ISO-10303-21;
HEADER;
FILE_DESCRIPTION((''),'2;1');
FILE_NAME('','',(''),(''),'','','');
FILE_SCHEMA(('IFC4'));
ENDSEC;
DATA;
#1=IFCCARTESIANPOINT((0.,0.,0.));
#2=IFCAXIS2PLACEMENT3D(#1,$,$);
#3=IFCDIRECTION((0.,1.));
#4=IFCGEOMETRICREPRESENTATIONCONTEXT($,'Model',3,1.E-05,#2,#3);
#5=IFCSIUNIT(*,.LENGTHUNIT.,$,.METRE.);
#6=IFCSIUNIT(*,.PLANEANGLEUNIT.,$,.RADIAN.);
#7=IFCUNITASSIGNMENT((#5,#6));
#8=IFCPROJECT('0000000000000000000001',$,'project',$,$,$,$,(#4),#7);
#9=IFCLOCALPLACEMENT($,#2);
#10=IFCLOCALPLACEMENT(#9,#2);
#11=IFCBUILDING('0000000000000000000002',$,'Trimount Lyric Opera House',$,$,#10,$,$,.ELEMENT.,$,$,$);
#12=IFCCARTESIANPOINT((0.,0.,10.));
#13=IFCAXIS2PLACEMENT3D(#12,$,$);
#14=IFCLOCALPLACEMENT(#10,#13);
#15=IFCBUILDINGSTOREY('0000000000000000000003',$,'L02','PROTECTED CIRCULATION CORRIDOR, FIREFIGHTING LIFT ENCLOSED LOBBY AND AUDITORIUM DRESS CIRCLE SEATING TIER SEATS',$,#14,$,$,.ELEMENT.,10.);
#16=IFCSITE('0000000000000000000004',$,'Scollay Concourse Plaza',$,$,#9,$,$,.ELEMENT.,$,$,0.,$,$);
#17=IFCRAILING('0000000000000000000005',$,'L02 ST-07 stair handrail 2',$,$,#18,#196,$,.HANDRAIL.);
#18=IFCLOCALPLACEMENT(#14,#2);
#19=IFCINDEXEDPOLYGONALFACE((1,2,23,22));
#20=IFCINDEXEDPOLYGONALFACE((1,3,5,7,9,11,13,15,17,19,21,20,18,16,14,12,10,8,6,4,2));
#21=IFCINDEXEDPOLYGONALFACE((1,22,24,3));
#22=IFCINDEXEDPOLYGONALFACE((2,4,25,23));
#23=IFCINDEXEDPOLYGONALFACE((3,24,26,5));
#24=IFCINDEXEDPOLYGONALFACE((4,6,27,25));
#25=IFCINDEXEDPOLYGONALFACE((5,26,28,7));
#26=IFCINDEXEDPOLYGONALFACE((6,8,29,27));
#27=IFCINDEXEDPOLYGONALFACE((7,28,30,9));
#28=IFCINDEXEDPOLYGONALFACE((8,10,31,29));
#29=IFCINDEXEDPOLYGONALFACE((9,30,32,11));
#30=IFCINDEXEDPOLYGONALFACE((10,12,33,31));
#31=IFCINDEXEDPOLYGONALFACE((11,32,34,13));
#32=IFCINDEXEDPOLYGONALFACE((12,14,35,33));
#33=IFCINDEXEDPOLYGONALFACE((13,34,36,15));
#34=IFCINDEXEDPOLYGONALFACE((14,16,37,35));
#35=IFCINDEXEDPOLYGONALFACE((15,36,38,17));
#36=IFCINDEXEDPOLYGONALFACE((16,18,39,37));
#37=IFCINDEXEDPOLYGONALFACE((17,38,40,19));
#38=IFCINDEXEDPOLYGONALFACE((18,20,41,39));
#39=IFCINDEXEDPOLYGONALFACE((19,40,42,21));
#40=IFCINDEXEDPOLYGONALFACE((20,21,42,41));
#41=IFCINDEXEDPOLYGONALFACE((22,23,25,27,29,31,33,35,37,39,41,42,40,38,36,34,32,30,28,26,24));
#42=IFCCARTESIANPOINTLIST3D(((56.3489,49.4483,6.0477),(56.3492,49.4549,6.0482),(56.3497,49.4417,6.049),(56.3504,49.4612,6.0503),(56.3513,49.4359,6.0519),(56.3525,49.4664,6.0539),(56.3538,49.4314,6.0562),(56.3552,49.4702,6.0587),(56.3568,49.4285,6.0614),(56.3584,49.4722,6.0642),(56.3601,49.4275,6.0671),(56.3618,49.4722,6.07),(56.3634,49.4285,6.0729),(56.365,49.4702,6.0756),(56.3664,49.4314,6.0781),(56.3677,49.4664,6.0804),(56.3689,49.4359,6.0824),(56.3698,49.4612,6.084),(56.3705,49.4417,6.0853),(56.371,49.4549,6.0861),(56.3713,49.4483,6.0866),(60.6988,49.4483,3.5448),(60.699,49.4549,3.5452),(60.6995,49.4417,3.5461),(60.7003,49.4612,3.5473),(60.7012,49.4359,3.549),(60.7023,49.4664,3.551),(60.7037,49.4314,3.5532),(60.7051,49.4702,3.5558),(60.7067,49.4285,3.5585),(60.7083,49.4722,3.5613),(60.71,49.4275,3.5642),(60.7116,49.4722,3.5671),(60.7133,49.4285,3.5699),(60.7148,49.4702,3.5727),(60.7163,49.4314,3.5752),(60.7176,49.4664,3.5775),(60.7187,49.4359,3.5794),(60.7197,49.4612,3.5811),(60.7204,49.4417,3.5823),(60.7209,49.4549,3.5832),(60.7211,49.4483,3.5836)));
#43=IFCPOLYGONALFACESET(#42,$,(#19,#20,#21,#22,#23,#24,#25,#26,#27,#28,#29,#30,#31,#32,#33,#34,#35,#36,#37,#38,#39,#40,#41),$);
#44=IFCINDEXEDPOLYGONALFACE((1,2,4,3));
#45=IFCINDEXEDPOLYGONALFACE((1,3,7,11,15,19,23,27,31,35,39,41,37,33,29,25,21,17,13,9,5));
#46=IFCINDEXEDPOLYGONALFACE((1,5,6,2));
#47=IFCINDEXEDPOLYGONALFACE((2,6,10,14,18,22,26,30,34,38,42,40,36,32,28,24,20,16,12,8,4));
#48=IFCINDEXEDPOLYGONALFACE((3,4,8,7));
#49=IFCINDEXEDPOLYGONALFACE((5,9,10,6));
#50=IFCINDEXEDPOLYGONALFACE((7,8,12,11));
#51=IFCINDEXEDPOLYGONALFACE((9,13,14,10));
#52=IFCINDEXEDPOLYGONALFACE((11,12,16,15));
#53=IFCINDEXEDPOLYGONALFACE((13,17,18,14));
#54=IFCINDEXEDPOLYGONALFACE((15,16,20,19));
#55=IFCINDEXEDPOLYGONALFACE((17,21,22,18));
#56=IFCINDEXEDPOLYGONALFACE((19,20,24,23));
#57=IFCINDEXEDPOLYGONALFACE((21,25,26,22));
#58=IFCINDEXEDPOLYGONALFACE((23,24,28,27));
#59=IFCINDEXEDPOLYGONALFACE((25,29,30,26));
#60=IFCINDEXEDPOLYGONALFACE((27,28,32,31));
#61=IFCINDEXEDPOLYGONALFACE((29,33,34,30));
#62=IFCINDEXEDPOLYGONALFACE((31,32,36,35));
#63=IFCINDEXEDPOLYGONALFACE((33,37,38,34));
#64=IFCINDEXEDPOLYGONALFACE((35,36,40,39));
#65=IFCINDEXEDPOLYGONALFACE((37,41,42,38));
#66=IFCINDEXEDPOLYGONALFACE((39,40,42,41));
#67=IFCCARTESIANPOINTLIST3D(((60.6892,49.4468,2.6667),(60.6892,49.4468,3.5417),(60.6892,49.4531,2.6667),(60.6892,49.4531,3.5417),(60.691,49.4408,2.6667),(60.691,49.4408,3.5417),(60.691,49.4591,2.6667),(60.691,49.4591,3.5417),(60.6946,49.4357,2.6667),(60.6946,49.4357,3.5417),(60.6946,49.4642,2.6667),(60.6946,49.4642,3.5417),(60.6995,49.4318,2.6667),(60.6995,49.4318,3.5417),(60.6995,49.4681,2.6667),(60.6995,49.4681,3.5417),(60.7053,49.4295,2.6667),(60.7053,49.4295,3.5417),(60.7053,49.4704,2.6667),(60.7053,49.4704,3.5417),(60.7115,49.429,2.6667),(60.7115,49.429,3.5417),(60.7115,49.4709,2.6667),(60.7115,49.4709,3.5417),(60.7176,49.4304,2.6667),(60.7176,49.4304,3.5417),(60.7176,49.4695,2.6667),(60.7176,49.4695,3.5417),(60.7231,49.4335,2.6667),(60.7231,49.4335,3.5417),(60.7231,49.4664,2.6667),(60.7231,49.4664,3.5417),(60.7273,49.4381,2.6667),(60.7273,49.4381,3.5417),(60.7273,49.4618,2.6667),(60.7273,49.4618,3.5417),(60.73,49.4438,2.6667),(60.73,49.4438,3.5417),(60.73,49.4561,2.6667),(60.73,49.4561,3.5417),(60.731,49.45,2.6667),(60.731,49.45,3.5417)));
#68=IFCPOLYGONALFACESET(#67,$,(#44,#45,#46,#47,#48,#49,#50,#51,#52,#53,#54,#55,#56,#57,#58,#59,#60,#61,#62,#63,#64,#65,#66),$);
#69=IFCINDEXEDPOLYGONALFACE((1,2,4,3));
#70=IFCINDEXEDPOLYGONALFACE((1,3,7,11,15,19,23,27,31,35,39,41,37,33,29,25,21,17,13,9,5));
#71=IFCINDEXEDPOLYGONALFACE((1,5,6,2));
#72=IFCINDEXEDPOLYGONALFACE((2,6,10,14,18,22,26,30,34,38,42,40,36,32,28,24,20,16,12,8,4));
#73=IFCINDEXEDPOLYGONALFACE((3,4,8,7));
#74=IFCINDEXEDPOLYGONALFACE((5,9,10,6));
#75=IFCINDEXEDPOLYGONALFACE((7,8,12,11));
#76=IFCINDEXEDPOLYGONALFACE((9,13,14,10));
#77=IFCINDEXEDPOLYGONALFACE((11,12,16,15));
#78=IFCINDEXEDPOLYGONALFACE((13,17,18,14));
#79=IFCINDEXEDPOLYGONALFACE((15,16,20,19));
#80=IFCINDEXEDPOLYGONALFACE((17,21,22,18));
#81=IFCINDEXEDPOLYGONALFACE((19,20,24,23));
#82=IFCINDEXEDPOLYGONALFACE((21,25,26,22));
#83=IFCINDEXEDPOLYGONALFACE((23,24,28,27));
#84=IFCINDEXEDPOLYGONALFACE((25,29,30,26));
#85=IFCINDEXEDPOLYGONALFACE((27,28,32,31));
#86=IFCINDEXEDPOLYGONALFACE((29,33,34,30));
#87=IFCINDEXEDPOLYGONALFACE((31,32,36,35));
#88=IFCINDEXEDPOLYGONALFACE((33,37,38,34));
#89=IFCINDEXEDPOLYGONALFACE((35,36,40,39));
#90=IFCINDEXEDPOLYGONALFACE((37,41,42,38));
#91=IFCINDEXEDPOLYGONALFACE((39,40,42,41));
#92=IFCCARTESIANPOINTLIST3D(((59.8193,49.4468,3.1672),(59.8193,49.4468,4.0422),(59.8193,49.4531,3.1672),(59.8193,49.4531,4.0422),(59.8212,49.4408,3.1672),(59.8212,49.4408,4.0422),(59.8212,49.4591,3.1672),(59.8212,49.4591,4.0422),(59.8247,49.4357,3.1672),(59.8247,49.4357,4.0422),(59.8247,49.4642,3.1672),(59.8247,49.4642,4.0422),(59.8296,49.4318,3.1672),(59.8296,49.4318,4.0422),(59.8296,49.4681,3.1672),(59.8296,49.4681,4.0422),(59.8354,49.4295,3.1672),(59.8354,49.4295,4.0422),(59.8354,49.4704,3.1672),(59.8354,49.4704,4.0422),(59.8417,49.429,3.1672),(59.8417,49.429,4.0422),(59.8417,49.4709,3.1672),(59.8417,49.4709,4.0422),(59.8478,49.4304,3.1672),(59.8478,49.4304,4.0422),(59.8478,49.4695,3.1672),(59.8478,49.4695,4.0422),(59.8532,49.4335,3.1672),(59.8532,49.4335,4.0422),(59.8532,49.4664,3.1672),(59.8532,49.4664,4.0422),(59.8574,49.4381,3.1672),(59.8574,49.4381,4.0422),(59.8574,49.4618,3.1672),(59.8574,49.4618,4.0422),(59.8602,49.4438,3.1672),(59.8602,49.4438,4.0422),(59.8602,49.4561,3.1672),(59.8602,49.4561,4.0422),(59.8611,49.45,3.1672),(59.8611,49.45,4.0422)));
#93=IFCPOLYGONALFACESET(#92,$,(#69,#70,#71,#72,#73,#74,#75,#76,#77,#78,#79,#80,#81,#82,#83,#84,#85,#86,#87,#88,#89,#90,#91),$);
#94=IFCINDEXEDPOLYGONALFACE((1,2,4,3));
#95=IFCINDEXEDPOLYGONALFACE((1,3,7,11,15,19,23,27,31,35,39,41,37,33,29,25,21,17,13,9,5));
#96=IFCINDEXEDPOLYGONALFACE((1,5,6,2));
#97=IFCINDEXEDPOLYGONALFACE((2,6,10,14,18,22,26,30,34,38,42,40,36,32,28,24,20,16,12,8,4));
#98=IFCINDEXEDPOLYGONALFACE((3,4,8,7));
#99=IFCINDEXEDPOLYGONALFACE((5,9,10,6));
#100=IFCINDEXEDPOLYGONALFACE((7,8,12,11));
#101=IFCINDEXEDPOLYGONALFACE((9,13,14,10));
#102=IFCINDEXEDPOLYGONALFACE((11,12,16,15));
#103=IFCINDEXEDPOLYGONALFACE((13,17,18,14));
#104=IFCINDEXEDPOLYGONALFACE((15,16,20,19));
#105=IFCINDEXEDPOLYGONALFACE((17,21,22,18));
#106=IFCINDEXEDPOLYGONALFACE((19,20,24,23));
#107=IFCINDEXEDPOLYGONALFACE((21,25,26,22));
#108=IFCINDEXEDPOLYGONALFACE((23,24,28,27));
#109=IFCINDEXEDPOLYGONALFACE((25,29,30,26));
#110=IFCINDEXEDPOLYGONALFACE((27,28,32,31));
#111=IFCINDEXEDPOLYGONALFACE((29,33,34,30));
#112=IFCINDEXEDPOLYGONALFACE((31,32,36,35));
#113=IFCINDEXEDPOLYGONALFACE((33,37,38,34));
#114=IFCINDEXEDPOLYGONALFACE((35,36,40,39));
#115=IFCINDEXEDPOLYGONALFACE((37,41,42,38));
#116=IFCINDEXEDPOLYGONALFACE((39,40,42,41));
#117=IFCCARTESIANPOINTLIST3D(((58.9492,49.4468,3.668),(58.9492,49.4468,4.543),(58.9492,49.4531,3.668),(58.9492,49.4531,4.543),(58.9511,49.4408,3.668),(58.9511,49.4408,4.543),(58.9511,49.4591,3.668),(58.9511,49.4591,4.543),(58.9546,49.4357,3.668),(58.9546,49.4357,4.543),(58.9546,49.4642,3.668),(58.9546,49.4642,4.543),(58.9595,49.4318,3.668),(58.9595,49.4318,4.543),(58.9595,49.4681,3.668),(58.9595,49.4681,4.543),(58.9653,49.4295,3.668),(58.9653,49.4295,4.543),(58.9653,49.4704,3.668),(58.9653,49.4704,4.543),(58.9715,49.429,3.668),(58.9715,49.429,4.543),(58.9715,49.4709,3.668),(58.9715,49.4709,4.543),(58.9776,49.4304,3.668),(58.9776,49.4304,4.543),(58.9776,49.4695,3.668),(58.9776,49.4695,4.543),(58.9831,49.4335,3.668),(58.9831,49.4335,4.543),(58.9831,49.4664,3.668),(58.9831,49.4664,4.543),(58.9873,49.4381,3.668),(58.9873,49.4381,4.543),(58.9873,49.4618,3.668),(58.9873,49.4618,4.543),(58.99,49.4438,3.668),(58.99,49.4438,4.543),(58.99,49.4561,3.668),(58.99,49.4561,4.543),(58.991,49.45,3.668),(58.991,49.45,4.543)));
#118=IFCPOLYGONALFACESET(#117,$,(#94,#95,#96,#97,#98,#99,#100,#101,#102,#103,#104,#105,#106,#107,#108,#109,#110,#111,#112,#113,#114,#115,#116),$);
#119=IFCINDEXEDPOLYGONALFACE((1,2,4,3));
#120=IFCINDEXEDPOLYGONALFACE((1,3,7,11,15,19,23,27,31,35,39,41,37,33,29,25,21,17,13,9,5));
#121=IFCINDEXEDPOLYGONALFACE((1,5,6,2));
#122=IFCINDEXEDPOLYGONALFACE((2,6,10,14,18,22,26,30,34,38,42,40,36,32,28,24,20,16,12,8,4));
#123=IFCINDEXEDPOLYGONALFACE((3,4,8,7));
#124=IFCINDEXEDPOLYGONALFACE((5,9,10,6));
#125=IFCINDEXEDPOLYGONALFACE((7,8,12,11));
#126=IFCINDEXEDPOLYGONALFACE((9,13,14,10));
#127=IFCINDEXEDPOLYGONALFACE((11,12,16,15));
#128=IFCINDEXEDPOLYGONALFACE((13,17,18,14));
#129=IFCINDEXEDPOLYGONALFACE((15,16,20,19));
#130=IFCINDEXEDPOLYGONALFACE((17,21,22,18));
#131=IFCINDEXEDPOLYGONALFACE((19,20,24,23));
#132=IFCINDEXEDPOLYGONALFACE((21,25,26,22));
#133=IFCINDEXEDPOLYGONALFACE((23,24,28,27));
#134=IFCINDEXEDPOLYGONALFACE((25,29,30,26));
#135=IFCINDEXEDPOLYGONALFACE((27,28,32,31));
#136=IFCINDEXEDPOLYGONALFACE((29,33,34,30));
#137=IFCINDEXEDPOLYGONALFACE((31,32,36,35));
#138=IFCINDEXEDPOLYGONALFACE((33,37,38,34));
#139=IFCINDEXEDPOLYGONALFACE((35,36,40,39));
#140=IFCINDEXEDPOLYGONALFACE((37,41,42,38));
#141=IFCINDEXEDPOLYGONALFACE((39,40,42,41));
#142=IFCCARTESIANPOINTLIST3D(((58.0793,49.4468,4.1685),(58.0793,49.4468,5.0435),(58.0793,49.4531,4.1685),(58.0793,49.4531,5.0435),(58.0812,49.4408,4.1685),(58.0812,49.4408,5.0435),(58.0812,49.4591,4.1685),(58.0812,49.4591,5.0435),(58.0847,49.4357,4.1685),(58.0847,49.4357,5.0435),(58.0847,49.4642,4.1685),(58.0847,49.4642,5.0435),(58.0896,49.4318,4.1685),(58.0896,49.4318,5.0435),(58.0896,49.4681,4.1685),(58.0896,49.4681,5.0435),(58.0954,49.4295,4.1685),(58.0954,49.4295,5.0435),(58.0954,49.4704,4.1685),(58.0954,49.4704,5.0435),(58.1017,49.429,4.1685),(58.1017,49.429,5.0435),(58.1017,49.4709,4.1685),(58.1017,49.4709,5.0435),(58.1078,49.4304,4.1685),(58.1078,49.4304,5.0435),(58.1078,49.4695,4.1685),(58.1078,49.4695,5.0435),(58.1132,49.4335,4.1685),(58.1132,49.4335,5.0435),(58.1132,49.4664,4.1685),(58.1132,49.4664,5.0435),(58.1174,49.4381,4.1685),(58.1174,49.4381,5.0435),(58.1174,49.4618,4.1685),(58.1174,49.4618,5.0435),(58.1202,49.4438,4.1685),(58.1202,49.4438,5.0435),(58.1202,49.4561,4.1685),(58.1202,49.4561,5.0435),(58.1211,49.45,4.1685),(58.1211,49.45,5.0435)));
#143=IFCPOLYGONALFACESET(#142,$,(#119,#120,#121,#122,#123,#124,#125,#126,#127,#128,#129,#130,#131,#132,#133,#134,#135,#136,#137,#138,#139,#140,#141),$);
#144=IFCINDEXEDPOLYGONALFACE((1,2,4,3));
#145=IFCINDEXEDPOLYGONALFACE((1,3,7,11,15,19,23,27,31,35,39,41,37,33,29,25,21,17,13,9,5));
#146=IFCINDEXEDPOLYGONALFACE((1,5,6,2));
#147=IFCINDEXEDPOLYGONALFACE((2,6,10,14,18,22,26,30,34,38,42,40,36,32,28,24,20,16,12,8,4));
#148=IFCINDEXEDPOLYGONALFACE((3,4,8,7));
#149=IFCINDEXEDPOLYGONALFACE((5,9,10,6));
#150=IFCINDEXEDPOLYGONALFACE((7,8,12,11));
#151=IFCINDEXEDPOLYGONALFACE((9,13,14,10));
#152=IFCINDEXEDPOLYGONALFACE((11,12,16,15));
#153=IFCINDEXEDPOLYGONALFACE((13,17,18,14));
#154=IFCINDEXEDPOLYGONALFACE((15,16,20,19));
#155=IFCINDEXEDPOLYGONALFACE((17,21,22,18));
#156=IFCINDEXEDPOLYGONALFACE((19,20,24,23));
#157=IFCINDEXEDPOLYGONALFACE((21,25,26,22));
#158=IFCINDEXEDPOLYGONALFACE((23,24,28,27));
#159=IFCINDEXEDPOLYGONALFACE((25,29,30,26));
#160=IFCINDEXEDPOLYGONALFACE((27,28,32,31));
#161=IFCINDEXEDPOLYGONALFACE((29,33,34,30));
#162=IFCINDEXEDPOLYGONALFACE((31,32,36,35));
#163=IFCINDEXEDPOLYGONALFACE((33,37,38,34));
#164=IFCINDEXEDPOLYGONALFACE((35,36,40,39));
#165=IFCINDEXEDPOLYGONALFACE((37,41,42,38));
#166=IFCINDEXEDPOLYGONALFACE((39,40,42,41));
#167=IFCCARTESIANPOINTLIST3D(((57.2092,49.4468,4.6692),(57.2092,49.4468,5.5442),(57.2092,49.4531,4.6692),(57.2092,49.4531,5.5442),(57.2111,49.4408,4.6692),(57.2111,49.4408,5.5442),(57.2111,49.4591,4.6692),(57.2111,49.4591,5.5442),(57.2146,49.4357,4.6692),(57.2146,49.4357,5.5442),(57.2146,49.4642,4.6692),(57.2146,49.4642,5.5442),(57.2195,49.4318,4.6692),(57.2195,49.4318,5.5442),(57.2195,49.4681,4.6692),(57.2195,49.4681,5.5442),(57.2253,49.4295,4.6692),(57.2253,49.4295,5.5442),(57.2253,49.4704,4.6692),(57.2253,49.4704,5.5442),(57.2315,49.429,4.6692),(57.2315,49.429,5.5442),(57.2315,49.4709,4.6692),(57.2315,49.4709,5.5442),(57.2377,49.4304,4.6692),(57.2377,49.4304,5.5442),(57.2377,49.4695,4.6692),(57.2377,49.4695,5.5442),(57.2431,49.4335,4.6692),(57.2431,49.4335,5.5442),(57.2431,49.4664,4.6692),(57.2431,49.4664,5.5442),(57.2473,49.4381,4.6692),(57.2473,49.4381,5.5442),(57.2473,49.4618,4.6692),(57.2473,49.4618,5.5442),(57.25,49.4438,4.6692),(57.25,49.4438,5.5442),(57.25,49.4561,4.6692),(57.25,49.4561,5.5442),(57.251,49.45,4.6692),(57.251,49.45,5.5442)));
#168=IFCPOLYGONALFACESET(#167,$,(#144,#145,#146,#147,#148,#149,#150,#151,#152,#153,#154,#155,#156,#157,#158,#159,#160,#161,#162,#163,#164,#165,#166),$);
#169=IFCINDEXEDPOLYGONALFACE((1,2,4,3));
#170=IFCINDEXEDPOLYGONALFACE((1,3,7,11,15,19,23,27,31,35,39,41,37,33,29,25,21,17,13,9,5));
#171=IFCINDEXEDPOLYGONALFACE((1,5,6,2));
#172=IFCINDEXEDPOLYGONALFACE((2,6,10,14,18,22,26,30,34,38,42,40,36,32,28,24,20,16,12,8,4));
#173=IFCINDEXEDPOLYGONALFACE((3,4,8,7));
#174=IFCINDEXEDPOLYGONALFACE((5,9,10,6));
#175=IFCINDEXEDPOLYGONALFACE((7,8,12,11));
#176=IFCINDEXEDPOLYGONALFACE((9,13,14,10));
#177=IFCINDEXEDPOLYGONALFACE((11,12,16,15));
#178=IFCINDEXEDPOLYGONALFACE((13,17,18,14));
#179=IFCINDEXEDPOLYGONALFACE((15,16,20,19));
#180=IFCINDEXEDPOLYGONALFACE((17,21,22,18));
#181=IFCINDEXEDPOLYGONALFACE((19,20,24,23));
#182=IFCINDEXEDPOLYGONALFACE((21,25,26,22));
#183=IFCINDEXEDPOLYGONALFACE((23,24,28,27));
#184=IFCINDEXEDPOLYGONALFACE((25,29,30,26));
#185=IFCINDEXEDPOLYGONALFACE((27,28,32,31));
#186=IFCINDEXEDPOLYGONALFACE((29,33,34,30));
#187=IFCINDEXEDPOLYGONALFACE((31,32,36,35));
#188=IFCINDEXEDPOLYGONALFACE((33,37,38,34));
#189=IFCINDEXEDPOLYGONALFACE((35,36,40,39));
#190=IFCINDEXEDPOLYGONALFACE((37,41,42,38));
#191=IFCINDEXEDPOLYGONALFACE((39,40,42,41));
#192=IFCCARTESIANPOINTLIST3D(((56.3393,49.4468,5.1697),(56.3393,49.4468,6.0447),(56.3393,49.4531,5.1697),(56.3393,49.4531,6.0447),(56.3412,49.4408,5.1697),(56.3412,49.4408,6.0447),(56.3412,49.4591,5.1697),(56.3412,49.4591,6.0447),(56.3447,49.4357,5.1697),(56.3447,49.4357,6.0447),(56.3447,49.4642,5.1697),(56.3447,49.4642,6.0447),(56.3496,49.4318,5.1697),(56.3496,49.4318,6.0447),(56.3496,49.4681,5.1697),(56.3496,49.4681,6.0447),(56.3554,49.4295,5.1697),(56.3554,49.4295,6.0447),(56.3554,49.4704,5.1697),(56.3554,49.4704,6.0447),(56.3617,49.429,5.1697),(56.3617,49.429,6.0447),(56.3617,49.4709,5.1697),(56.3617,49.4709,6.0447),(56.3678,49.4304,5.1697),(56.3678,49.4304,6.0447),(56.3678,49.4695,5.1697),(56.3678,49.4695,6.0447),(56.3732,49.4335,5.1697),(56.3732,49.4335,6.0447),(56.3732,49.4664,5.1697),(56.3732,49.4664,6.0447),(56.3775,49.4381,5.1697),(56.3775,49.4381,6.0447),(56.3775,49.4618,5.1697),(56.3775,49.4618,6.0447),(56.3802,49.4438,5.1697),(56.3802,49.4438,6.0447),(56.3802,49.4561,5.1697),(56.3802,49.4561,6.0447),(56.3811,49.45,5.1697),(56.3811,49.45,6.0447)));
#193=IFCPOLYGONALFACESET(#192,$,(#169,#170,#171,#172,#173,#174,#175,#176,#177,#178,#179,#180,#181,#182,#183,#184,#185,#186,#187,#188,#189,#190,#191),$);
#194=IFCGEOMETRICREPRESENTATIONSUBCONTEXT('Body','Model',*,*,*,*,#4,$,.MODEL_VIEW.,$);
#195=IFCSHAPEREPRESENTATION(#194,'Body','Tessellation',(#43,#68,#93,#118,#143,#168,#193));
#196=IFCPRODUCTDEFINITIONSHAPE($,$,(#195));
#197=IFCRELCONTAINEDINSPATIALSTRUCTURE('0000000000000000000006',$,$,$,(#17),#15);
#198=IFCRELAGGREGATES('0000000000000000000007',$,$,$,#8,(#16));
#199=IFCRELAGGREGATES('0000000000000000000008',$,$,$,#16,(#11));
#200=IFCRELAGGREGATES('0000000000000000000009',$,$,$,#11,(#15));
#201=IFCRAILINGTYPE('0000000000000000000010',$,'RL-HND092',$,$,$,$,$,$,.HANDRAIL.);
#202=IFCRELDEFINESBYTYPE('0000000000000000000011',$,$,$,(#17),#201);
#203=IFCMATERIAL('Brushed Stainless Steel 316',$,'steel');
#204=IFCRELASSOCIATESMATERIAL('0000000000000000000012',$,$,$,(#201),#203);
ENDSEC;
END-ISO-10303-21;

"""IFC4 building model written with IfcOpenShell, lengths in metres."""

from ifc_helpers import new_model, si_unit, direction, frame, origin, origin_2d, place, context, subcontext, project, spatial, circle, extrude, material, type_object, element, save


model = new_model("IFC4")

# Units and contexts
model_context = context("Model", 3, precision=1e-05, world=origin(), true_north=direction((0.0, 1.0)))
body_context = subcontext(model_context, "Body", "Model", "MODEL_VIEW")
ifc_project = project(units=[si_unit("LENGTHUNIT", "METRE"), si_unit("PLANEANGLEUNIT", "RADIAN")], contexts=[model_context])

# Site, building, storey
site_placement = place(None, origin())
site = spatial("IfcSite", under=ifc_project, at=site_placement, Name="Scollay Concourse Plaza", CompositionType="ELEMENT", RefElevation=0.0)
building_placement = place(site_placement, origin())
building = spatial("IfcBuilding", under=site, at=building_placement, Name="Trimount Lyric Opera House", CompositionType="ELEMENT")
storey_placement = place(building_placement, frame((0.0, 0.0, 10.0)))
storey = spatial("IfcBuildingStorey", under=building, at=storey_placement, Name="L02", Description="PROTECTED CIRCULATION CORRIDOR, FIREFIGHTING LIFT ENCLOSED LOBBY AND AUDITORIUM DRESS CIRCLE SEATING TIER SEATS", CompositionType="ELEMENT", Elevation=10.0)

# Railing
ifc_material_1 = material(Name="Brushed Stainless Steel 316", Category="steel")
railing_type_1 = type_object("IfcRailingType", Name="RL-HND092", PredefinedType="HANDRAIL", material=ifc_material_1)
railing_1_placement = place(storey_placement, frame((60.71, 49.45, 2.6667)))
element("IfcRailing", 1, at=railing_1_placement, inside=storey, type_object=railing_type_1, Name="L02 ST-07 stair handrail 2", PredefinedType="HANDRAIL", context=body_context, shape_type="SweptSolid", body=[
    extrude(circle(Radius=0.0225, at=origin_2d()), frame((0.0, 0.0, 0.8975), z_axis=(-0.866754, 0.0, 0.498735), x_axis=(0.0, -1.0, 0.0)), (0.0, 0.0, 1.0), 5.0186),
    extrude(circle(Radius=0.021, at=origin_2d()), origin(), (0.0, 0.0, 1.0), 0.875),
    extrude(circle(Radius=0.021, at=origin_2d()), frame((-0.8699, 0.0, 0.5005)), (0.0, 0.0, 1.0), 0.875),
    extrude(circle(Radius=0.021, at=origin_2d()), frame((-1.74, 0.0, 1.0012)), (0.0, 0.0, 1.0), 0.875),
    extrude(circle(Radius=0.021, at=origin_2d()), frame((-2.6099, 0.0, 1.5017)), (0.0, 0.0, 1.0), 0.875),
    extrude(circle(Radius=0.021, at=origin_2d()), frame((-3.48, 0.0, 2.0024)), (0.0, 0.0, 1.0), 0.875),
    extrude(circle(Radius=0.021, at=origin_2d()), frame((-4.3499, 0.0, 2.5029)), (0.0, 0.0, 1.0), 0.875),
])

save(model, "model.ifc")
